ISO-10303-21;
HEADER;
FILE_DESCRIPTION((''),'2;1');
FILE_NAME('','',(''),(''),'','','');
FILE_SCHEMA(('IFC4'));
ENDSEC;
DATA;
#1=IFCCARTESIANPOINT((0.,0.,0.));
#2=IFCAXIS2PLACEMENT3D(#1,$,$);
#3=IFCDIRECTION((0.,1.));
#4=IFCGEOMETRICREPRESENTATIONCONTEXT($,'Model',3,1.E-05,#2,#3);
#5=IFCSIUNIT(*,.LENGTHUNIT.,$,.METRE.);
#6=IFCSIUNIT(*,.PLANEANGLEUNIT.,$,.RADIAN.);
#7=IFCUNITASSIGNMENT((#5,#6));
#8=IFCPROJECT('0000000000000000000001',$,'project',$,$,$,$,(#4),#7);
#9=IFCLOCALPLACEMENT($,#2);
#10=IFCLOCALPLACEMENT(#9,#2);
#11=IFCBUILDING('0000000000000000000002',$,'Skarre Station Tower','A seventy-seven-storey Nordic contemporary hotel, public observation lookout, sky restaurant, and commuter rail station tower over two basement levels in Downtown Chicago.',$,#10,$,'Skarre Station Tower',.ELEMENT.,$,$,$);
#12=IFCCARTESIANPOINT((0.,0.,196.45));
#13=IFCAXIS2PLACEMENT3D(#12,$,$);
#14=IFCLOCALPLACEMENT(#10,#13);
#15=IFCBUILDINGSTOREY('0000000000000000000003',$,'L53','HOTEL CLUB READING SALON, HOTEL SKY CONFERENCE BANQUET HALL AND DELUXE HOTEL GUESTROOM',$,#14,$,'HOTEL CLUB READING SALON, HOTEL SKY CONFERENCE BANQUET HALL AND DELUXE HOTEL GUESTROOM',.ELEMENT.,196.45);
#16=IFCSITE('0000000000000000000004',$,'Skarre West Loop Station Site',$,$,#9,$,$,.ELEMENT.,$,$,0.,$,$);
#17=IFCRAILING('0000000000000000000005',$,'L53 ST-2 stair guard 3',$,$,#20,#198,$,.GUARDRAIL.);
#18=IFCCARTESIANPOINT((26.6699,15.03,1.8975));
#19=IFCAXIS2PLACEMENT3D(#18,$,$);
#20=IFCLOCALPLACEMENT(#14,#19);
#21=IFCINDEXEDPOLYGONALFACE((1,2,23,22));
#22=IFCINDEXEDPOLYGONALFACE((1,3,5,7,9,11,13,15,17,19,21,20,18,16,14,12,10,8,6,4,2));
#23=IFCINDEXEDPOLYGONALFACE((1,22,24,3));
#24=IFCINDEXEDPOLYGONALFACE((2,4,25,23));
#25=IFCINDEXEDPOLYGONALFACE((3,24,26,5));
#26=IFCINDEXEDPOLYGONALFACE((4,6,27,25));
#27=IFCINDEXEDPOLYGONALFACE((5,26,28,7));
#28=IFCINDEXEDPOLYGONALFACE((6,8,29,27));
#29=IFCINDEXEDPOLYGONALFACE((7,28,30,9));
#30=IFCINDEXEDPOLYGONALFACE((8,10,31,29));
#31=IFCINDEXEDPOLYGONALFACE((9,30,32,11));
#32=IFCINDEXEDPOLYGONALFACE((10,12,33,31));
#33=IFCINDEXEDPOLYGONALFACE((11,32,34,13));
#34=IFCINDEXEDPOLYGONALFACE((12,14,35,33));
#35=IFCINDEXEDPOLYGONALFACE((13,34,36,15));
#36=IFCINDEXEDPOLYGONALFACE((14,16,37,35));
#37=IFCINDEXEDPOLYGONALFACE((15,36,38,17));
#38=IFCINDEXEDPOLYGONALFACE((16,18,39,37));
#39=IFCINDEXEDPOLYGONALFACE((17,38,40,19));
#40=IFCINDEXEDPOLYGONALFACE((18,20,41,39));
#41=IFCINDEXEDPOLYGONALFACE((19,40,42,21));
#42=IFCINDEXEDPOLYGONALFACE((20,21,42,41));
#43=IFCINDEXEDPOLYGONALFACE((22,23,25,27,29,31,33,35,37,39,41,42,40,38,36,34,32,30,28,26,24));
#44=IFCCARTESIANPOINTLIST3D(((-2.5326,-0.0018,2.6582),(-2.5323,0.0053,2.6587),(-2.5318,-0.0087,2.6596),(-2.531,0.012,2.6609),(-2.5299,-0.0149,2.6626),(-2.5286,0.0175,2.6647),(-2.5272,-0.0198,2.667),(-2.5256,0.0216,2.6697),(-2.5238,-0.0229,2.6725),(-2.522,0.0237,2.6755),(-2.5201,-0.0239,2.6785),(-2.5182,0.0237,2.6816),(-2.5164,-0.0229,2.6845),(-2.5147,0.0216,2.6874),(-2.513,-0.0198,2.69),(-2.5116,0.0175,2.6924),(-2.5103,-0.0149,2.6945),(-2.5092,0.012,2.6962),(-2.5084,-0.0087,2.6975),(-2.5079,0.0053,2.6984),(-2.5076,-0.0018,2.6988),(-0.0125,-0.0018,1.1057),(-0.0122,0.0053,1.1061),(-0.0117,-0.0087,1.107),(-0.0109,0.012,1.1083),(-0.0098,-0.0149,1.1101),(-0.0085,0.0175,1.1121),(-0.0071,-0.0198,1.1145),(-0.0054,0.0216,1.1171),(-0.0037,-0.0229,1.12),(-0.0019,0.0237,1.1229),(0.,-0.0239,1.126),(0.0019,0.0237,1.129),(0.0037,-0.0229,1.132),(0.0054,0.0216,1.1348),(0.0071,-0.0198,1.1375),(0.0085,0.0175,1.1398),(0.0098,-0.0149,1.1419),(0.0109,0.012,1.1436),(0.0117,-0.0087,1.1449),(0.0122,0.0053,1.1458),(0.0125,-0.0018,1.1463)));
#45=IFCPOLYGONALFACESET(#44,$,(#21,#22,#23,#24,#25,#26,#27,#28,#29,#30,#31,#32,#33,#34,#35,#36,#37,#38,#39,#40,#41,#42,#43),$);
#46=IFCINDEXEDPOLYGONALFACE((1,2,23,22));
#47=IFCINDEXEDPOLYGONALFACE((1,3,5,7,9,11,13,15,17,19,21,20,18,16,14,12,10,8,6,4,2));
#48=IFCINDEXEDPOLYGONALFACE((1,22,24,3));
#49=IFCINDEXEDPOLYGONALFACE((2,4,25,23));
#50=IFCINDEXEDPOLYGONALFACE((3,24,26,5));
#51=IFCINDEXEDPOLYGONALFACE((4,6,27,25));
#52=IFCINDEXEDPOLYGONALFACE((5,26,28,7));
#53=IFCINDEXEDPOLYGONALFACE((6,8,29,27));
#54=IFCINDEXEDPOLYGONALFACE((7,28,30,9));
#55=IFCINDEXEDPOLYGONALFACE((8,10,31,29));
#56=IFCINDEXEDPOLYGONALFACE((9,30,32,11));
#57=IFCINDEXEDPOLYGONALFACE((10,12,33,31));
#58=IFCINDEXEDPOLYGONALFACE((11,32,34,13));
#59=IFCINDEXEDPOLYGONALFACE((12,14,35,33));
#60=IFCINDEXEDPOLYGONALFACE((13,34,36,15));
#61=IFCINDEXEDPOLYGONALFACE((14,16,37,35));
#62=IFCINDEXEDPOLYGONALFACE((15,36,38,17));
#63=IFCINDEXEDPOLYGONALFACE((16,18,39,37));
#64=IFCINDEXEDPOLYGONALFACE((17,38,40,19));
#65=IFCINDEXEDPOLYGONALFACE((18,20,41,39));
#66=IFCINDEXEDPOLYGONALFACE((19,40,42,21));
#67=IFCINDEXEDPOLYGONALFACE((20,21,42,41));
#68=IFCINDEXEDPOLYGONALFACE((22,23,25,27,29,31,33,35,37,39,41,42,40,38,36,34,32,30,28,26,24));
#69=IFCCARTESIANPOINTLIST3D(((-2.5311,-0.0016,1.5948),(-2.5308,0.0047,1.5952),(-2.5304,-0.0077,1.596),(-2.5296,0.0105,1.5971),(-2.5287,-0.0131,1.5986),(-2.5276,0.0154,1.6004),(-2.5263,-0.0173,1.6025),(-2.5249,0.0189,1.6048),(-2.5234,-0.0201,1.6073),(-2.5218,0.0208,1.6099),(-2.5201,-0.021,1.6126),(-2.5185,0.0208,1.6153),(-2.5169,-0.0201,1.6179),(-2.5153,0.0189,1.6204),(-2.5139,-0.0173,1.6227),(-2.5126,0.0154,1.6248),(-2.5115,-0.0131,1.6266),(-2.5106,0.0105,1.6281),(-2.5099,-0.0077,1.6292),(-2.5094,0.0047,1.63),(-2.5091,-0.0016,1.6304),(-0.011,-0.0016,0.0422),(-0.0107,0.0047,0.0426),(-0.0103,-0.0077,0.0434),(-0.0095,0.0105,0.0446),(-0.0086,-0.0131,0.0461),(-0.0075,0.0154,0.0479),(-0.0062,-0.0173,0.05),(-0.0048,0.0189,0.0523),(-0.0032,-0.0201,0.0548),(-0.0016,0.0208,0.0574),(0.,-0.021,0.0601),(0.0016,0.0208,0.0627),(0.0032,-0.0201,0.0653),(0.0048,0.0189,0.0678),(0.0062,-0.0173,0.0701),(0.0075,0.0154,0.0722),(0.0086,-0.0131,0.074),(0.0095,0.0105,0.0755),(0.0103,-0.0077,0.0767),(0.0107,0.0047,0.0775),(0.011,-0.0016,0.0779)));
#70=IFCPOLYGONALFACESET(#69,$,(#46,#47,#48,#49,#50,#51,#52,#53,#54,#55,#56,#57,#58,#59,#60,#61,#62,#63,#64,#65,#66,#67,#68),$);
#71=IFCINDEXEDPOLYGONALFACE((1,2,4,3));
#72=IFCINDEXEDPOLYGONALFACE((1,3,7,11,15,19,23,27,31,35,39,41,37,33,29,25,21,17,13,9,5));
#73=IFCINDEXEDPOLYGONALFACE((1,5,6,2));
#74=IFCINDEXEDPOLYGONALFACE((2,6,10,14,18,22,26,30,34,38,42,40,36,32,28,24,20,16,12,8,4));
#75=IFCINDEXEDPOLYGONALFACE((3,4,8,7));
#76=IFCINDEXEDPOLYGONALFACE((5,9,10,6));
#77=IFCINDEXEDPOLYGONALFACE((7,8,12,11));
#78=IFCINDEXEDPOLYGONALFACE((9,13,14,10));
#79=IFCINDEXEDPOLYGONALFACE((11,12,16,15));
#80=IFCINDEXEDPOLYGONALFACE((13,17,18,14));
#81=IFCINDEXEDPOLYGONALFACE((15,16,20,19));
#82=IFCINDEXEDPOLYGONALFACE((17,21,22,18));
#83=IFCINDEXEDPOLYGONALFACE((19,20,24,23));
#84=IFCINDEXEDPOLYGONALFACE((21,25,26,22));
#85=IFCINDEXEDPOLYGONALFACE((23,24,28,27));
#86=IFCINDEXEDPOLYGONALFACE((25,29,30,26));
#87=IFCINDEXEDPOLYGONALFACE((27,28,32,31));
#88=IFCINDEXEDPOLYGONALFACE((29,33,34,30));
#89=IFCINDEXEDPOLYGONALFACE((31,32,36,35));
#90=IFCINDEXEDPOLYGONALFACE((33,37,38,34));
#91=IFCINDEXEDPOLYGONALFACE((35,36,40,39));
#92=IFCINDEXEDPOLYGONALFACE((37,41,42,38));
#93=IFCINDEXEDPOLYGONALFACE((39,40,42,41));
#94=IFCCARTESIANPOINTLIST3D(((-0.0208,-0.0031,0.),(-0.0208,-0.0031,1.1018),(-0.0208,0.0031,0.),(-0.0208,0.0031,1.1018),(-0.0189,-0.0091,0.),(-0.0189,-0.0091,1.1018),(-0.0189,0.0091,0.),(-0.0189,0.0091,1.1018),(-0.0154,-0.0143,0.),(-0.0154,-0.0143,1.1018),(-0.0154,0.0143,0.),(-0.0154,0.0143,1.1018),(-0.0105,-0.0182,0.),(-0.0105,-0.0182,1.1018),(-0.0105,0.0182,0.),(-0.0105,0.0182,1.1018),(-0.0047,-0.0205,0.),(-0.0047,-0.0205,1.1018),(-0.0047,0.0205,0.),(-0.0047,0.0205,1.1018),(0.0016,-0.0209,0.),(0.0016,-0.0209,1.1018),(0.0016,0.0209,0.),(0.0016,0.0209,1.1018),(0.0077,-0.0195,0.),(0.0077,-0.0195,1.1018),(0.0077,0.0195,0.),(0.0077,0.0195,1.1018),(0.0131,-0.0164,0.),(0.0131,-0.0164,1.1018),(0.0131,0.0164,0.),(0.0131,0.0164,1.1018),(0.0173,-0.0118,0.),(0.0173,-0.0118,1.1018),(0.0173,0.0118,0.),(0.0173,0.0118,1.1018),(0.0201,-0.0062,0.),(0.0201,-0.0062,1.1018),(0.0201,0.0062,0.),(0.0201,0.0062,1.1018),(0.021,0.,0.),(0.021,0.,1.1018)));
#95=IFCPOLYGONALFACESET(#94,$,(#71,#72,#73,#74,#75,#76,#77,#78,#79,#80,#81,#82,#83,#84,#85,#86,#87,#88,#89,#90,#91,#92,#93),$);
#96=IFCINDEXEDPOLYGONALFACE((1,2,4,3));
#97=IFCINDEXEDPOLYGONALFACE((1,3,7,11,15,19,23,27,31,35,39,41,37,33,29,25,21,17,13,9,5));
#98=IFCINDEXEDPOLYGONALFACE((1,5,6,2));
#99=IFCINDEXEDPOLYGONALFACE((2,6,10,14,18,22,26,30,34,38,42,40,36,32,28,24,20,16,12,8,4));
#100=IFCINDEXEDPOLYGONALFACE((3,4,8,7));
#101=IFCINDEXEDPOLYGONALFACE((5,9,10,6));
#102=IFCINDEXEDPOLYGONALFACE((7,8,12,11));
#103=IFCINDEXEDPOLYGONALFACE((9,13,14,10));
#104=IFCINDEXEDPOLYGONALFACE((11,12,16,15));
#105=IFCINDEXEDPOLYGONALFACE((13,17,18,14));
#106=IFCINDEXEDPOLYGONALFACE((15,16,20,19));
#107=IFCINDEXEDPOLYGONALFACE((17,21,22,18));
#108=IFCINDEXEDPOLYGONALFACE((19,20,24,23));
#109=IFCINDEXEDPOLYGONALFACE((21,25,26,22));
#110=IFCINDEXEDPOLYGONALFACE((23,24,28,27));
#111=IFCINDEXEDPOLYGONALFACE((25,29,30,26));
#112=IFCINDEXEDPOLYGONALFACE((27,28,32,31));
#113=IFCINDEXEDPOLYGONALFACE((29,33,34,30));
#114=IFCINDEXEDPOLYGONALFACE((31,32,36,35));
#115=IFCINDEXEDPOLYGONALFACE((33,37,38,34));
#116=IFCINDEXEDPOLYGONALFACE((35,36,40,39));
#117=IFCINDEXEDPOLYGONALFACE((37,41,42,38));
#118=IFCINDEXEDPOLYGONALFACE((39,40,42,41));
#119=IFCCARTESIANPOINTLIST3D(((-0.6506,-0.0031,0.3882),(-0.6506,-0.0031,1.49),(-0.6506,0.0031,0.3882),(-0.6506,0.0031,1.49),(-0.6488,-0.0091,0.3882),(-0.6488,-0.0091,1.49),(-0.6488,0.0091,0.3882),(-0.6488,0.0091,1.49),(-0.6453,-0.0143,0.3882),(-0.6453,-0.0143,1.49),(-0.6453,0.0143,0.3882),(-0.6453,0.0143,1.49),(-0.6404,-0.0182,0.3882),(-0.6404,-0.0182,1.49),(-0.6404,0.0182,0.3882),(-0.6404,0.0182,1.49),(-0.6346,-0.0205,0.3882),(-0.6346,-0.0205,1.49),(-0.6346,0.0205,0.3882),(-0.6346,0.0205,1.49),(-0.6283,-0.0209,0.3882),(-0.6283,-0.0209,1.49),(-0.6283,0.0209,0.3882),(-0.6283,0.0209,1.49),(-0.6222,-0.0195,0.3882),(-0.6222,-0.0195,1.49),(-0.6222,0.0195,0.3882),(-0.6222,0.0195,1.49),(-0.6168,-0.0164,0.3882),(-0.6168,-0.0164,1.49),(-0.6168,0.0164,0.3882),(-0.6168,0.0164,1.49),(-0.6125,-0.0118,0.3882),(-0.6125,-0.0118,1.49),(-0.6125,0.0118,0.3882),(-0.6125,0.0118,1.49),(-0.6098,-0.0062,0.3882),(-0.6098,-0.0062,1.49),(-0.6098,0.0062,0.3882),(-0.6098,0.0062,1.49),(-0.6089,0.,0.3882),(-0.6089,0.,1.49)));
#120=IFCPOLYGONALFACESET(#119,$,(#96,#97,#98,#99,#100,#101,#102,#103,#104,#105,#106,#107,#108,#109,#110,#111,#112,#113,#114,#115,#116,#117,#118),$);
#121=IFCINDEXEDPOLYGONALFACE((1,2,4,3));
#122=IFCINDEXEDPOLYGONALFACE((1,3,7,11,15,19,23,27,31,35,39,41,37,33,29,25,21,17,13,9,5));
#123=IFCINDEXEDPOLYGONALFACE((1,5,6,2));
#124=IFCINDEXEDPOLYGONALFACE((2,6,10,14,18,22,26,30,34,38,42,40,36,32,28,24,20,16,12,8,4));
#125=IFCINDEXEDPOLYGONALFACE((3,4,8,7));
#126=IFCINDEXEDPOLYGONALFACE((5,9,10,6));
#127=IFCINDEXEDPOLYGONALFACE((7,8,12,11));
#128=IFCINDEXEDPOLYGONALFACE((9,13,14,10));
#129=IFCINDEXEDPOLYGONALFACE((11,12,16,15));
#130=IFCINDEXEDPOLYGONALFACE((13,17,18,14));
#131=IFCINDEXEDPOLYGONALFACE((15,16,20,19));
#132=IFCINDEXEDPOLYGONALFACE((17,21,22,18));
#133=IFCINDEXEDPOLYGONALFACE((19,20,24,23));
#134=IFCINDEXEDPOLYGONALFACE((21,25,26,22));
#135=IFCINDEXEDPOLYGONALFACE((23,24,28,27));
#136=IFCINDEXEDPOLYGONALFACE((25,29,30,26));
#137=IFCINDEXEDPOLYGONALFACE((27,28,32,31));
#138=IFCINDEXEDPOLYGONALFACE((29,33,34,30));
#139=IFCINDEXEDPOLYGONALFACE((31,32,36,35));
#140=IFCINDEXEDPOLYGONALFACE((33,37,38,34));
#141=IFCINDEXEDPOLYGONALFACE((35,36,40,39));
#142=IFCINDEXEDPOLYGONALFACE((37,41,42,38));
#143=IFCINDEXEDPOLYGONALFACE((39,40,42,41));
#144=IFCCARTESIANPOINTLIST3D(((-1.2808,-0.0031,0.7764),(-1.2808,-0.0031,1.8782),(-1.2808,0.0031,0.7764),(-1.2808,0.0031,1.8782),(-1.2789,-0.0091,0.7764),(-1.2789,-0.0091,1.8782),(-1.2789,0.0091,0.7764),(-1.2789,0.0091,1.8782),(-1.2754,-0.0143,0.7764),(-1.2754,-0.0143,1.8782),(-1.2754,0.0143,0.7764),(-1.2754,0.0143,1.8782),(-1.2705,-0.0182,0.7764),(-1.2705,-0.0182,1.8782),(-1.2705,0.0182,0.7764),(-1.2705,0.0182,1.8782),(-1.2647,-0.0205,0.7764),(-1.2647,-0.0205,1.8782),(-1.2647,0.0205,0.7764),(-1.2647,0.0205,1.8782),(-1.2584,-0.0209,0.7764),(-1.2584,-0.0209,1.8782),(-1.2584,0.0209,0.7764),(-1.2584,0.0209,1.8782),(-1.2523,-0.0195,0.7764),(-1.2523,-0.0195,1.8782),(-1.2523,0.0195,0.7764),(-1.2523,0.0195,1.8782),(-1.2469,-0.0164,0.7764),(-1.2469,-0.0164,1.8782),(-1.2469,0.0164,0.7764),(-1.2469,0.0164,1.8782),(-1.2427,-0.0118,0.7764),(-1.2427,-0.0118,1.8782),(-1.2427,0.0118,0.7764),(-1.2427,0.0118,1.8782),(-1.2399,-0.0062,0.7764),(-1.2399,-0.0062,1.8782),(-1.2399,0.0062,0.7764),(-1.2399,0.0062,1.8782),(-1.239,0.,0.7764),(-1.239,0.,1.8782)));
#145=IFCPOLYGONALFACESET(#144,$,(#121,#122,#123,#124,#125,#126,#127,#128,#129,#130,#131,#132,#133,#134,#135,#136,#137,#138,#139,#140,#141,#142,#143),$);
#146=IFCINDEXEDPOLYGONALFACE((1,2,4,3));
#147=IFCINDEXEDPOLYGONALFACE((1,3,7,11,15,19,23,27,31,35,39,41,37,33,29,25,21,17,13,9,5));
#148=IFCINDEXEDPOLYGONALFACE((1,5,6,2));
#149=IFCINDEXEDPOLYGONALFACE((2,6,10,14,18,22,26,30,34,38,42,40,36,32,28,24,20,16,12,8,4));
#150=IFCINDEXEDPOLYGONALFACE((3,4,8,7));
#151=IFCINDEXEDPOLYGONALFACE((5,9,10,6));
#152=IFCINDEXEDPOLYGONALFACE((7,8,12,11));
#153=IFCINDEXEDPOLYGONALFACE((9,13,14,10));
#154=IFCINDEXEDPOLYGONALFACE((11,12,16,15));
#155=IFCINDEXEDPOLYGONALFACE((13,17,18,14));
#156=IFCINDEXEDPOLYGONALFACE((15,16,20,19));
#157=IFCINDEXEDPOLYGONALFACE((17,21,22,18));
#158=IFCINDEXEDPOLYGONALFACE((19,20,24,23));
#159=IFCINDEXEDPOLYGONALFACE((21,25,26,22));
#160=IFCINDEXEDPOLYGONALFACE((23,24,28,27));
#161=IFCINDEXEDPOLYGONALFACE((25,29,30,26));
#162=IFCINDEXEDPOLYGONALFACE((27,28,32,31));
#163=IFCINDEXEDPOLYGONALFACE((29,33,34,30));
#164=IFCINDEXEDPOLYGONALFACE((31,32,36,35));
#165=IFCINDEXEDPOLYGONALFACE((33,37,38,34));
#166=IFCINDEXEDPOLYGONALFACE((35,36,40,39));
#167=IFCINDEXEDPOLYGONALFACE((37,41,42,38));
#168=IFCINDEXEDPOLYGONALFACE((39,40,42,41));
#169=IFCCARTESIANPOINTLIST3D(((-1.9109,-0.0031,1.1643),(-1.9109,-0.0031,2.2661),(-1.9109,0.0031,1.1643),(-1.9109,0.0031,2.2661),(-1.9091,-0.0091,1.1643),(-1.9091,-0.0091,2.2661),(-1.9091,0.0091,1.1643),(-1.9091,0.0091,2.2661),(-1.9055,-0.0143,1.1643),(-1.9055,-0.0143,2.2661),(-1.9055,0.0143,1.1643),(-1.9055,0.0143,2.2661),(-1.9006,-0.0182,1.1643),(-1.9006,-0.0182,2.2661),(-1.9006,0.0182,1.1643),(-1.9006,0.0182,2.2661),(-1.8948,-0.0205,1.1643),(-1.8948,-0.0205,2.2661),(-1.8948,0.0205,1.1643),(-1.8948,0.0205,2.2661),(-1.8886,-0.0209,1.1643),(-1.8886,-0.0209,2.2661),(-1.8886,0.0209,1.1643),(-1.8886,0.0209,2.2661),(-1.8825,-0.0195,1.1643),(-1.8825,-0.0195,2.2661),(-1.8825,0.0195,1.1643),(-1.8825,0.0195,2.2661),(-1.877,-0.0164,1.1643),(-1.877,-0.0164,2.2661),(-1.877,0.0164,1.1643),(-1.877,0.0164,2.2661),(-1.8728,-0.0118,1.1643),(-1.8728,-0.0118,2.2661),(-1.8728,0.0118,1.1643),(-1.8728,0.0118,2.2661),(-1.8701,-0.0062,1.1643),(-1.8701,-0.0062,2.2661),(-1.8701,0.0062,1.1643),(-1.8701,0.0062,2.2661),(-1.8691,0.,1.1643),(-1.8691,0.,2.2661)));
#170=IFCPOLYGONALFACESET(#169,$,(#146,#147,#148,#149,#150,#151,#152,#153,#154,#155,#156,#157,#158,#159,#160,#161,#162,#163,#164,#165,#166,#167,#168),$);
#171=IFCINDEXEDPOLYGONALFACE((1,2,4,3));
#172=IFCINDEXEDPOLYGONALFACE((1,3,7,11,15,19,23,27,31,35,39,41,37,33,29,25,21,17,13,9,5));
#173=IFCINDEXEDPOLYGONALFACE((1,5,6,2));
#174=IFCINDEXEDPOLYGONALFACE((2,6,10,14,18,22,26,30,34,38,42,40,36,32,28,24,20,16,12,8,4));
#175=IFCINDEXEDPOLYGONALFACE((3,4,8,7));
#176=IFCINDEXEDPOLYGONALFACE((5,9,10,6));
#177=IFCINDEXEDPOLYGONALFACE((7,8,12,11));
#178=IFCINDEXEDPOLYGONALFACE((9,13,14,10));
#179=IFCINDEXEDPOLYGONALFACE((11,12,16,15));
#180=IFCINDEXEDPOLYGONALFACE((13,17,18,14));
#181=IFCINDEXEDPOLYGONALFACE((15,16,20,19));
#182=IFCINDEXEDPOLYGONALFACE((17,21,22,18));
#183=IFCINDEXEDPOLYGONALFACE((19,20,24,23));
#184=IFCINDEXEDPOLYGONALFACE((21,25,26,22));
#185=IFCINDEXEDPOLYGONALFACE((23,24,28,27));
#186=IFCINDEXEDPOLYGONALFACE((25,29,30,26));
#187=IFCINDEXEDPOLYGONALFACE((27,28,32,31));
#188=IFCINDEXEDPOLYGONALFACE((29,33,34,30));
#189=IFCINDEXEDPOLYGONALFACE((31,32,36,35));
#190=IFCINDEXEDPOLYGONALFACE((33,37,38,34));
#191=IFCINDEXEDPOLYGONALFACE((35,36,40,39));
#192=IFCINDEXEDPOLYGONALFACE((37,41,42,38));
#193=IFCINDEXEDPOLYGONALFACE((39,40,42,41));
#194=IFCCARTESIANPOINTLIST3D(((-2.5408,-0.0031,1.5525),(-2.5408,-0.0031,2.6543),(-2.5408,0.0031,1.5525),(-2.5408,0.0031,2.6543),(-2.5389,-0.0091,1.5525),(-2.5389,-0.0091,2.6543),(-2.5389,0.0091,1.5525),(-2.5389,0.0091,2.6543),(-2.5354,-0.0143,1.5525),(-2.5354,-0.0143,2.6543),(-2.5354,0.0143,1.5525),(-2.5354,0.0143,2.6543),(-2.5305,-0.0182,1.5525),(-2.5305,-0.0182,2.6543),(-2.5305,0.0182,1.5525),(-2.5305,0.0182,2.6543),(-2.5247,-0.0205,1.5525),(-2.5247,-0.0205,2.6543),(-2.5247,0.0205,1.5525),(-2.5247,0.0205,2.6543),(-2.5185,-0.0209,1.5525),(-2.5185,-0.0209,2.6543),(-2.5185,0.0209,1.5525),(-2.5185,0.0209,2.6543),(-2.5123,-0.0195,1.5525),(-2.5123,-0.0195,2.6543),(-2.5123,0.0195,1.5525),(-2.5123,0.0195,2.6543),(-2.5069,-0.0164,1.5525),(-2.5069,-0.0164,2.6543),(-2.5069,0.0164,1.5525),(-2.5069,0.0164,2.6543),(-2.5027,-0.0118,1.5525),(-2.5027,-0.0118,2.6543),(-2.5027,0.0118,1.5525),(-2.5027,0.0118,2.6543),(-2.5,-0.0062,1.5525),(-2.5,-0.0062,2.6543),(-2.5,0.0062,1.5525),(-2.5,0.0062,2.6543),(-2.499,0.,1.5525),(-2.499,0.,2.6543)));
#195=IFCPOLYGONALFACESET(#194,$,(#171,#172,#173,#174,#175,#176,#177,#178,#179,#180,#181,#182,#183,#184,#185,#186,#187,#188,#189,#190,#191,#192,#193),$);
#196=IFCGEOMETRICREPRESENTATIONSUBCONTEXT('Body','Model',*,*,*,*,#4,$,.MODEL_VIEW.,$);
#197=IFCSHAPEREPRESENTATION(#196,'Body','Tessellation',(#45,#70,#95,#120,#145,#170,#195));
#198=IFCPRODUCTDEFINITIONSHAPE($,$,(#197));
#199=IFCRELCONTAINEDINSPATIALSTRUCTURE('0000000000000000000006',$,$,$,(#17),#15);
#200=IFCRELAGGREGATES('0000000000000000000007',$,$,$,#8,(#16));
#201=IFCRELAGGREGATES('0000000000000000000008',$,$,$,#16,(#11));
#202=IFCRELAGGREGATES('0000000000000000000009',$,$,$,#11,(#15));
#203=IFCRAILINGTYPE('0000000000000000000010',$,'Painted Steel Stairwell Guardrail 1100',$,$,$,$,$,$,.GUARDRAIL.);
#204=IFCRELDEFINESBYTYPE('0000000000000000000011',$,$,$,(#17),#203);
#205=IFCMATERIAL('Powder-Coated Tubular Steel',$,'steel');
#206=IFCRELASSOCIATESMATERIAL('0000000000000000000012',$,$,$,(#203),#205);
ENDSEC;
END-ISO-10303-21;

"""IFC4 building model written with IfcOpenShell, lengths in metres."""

from ifc_helpers import new_model, si_unit, direction, frame, origin, origin_2d, place, context, subcontext, project, spatial, circle, extrude, material, type_object, element, save


model = new_model("IFC4")

# Units and contexts
model_context = context("Model", 3, precision=1e-05, world=origin(), true_north=direction((0.0, 1.0)))
body_context = subcontext(model_context, "Body", "Model", "MODEL_VIEW")
ifc_project = project(units=[si_unit("LENGTHUNIT", "METRE"), si_unit("PLANEANGLEUNIT", "RADIAN")], contexts=[model_context])

# Site, building, storey
site_placement = place(None, origin())
site = spatial("IfcSite", under=ifc_project, at=site_placement, Name="Skarre West Loop Station Site", CompositionType="ELEMENT", RefElevation=0.0)
building_placement = place(site_placement, origin())
building = spatial("IfcBuilding", under=site, at=building_placement, Name="Skarre Station Tower", Description="A seventy-seven-storey Nordic contemporary hotel, public observation lookout, sky restaurant, and commuter rail station tower over two basement levels in Downtown Chicago.", LongName="Skarre Station Tower", CompositionType="ELEMENT")
storey_placement = place(building_placement, frame((0.0, 0.0, 196.45)))
storey = spatial("IfcBuildingStorey", under=building, at=storey_placement, Name="L53", Description="HOTEL CLUB READING SALON, HOTEL SKY CONFERENCE BANQUET HALL AND DELUXE HOTEL GUESTROOM", LongName="HOTEL CLUB READING SALON, HOTEL SKY CONFERENCE BANQUET HALL AND DELUXE HOTEL GUESTROOM", CompositionType="ELEMENT", Elevation=196.45)

# Railing
ifc_material_1 = material(Name="Powder-Coated Tubular Steel", Category="steel")
railing_type_1 = type_object("IfcRailingType", Name="Painted Steel Stairwell Guardrail 1100", PredefinedType="GUARDRAIL", material=ifc_material_1)
railing_1_placement = place(storey_placement, frame((26.6699, 15.03, 1.8975)))
element("IfcRailing", 1, at=railing_1_placement, inside=storey, type_object=railing_type_1, Name="L53 ST-2 stair guard 3", PredefinedType="GUARDRAIL", context=body_context, shape_type="SweptSolid", body=[
    extrude(circle(Radius=0.0239, at=origin_2d()), frame((0.0, 0.0, 1.126), z_axis=(-0.8514, 0.0, 0.524516), x_axis=(0.0, -1.0, 0.0)), (0.0, 0.0, 1.0), 2.96),
    extrude(circle(Radius=0.021, at=origin_2d()), frame((0.0, 0.0, 0.0601), z_axis=(-0.8514, 0.0, 0.524516), x_axis=(0.0, -1.0, 0.0)), (0.0, 0.0, 1.0), 2.96),
    extrude(circle(Radius=0.021, at=origin_2d()), origin(), (0.0, 0.0, 1.0), 1.1018),
    extrude(circle(Radius=0.021, at=origin_2d()), frame((-0.6299, 0.0, 0.3882)), (0.0, 0.0, 1.0), 1.1018),
    extrude(circle(Radius=0.021, at=origin_2d()), frame((-1.26, 0.0, 0.7764)), (0.0, 0.0, 1.0), 1.1018),
    extrude(circle(Radius=0.021, at=origin_2d()), frame((-1.8901, 0.0, 1.1643)), (0.0, 0.0, 1.0), 1.1018),
    extrude(circle(Radius=0.021, at=origin_2d()), frame((-2.52, 0.0, 1.5525)), (0.0, 0.0, 1.0), 1.1018),
])

save(model, "model.ifc")
